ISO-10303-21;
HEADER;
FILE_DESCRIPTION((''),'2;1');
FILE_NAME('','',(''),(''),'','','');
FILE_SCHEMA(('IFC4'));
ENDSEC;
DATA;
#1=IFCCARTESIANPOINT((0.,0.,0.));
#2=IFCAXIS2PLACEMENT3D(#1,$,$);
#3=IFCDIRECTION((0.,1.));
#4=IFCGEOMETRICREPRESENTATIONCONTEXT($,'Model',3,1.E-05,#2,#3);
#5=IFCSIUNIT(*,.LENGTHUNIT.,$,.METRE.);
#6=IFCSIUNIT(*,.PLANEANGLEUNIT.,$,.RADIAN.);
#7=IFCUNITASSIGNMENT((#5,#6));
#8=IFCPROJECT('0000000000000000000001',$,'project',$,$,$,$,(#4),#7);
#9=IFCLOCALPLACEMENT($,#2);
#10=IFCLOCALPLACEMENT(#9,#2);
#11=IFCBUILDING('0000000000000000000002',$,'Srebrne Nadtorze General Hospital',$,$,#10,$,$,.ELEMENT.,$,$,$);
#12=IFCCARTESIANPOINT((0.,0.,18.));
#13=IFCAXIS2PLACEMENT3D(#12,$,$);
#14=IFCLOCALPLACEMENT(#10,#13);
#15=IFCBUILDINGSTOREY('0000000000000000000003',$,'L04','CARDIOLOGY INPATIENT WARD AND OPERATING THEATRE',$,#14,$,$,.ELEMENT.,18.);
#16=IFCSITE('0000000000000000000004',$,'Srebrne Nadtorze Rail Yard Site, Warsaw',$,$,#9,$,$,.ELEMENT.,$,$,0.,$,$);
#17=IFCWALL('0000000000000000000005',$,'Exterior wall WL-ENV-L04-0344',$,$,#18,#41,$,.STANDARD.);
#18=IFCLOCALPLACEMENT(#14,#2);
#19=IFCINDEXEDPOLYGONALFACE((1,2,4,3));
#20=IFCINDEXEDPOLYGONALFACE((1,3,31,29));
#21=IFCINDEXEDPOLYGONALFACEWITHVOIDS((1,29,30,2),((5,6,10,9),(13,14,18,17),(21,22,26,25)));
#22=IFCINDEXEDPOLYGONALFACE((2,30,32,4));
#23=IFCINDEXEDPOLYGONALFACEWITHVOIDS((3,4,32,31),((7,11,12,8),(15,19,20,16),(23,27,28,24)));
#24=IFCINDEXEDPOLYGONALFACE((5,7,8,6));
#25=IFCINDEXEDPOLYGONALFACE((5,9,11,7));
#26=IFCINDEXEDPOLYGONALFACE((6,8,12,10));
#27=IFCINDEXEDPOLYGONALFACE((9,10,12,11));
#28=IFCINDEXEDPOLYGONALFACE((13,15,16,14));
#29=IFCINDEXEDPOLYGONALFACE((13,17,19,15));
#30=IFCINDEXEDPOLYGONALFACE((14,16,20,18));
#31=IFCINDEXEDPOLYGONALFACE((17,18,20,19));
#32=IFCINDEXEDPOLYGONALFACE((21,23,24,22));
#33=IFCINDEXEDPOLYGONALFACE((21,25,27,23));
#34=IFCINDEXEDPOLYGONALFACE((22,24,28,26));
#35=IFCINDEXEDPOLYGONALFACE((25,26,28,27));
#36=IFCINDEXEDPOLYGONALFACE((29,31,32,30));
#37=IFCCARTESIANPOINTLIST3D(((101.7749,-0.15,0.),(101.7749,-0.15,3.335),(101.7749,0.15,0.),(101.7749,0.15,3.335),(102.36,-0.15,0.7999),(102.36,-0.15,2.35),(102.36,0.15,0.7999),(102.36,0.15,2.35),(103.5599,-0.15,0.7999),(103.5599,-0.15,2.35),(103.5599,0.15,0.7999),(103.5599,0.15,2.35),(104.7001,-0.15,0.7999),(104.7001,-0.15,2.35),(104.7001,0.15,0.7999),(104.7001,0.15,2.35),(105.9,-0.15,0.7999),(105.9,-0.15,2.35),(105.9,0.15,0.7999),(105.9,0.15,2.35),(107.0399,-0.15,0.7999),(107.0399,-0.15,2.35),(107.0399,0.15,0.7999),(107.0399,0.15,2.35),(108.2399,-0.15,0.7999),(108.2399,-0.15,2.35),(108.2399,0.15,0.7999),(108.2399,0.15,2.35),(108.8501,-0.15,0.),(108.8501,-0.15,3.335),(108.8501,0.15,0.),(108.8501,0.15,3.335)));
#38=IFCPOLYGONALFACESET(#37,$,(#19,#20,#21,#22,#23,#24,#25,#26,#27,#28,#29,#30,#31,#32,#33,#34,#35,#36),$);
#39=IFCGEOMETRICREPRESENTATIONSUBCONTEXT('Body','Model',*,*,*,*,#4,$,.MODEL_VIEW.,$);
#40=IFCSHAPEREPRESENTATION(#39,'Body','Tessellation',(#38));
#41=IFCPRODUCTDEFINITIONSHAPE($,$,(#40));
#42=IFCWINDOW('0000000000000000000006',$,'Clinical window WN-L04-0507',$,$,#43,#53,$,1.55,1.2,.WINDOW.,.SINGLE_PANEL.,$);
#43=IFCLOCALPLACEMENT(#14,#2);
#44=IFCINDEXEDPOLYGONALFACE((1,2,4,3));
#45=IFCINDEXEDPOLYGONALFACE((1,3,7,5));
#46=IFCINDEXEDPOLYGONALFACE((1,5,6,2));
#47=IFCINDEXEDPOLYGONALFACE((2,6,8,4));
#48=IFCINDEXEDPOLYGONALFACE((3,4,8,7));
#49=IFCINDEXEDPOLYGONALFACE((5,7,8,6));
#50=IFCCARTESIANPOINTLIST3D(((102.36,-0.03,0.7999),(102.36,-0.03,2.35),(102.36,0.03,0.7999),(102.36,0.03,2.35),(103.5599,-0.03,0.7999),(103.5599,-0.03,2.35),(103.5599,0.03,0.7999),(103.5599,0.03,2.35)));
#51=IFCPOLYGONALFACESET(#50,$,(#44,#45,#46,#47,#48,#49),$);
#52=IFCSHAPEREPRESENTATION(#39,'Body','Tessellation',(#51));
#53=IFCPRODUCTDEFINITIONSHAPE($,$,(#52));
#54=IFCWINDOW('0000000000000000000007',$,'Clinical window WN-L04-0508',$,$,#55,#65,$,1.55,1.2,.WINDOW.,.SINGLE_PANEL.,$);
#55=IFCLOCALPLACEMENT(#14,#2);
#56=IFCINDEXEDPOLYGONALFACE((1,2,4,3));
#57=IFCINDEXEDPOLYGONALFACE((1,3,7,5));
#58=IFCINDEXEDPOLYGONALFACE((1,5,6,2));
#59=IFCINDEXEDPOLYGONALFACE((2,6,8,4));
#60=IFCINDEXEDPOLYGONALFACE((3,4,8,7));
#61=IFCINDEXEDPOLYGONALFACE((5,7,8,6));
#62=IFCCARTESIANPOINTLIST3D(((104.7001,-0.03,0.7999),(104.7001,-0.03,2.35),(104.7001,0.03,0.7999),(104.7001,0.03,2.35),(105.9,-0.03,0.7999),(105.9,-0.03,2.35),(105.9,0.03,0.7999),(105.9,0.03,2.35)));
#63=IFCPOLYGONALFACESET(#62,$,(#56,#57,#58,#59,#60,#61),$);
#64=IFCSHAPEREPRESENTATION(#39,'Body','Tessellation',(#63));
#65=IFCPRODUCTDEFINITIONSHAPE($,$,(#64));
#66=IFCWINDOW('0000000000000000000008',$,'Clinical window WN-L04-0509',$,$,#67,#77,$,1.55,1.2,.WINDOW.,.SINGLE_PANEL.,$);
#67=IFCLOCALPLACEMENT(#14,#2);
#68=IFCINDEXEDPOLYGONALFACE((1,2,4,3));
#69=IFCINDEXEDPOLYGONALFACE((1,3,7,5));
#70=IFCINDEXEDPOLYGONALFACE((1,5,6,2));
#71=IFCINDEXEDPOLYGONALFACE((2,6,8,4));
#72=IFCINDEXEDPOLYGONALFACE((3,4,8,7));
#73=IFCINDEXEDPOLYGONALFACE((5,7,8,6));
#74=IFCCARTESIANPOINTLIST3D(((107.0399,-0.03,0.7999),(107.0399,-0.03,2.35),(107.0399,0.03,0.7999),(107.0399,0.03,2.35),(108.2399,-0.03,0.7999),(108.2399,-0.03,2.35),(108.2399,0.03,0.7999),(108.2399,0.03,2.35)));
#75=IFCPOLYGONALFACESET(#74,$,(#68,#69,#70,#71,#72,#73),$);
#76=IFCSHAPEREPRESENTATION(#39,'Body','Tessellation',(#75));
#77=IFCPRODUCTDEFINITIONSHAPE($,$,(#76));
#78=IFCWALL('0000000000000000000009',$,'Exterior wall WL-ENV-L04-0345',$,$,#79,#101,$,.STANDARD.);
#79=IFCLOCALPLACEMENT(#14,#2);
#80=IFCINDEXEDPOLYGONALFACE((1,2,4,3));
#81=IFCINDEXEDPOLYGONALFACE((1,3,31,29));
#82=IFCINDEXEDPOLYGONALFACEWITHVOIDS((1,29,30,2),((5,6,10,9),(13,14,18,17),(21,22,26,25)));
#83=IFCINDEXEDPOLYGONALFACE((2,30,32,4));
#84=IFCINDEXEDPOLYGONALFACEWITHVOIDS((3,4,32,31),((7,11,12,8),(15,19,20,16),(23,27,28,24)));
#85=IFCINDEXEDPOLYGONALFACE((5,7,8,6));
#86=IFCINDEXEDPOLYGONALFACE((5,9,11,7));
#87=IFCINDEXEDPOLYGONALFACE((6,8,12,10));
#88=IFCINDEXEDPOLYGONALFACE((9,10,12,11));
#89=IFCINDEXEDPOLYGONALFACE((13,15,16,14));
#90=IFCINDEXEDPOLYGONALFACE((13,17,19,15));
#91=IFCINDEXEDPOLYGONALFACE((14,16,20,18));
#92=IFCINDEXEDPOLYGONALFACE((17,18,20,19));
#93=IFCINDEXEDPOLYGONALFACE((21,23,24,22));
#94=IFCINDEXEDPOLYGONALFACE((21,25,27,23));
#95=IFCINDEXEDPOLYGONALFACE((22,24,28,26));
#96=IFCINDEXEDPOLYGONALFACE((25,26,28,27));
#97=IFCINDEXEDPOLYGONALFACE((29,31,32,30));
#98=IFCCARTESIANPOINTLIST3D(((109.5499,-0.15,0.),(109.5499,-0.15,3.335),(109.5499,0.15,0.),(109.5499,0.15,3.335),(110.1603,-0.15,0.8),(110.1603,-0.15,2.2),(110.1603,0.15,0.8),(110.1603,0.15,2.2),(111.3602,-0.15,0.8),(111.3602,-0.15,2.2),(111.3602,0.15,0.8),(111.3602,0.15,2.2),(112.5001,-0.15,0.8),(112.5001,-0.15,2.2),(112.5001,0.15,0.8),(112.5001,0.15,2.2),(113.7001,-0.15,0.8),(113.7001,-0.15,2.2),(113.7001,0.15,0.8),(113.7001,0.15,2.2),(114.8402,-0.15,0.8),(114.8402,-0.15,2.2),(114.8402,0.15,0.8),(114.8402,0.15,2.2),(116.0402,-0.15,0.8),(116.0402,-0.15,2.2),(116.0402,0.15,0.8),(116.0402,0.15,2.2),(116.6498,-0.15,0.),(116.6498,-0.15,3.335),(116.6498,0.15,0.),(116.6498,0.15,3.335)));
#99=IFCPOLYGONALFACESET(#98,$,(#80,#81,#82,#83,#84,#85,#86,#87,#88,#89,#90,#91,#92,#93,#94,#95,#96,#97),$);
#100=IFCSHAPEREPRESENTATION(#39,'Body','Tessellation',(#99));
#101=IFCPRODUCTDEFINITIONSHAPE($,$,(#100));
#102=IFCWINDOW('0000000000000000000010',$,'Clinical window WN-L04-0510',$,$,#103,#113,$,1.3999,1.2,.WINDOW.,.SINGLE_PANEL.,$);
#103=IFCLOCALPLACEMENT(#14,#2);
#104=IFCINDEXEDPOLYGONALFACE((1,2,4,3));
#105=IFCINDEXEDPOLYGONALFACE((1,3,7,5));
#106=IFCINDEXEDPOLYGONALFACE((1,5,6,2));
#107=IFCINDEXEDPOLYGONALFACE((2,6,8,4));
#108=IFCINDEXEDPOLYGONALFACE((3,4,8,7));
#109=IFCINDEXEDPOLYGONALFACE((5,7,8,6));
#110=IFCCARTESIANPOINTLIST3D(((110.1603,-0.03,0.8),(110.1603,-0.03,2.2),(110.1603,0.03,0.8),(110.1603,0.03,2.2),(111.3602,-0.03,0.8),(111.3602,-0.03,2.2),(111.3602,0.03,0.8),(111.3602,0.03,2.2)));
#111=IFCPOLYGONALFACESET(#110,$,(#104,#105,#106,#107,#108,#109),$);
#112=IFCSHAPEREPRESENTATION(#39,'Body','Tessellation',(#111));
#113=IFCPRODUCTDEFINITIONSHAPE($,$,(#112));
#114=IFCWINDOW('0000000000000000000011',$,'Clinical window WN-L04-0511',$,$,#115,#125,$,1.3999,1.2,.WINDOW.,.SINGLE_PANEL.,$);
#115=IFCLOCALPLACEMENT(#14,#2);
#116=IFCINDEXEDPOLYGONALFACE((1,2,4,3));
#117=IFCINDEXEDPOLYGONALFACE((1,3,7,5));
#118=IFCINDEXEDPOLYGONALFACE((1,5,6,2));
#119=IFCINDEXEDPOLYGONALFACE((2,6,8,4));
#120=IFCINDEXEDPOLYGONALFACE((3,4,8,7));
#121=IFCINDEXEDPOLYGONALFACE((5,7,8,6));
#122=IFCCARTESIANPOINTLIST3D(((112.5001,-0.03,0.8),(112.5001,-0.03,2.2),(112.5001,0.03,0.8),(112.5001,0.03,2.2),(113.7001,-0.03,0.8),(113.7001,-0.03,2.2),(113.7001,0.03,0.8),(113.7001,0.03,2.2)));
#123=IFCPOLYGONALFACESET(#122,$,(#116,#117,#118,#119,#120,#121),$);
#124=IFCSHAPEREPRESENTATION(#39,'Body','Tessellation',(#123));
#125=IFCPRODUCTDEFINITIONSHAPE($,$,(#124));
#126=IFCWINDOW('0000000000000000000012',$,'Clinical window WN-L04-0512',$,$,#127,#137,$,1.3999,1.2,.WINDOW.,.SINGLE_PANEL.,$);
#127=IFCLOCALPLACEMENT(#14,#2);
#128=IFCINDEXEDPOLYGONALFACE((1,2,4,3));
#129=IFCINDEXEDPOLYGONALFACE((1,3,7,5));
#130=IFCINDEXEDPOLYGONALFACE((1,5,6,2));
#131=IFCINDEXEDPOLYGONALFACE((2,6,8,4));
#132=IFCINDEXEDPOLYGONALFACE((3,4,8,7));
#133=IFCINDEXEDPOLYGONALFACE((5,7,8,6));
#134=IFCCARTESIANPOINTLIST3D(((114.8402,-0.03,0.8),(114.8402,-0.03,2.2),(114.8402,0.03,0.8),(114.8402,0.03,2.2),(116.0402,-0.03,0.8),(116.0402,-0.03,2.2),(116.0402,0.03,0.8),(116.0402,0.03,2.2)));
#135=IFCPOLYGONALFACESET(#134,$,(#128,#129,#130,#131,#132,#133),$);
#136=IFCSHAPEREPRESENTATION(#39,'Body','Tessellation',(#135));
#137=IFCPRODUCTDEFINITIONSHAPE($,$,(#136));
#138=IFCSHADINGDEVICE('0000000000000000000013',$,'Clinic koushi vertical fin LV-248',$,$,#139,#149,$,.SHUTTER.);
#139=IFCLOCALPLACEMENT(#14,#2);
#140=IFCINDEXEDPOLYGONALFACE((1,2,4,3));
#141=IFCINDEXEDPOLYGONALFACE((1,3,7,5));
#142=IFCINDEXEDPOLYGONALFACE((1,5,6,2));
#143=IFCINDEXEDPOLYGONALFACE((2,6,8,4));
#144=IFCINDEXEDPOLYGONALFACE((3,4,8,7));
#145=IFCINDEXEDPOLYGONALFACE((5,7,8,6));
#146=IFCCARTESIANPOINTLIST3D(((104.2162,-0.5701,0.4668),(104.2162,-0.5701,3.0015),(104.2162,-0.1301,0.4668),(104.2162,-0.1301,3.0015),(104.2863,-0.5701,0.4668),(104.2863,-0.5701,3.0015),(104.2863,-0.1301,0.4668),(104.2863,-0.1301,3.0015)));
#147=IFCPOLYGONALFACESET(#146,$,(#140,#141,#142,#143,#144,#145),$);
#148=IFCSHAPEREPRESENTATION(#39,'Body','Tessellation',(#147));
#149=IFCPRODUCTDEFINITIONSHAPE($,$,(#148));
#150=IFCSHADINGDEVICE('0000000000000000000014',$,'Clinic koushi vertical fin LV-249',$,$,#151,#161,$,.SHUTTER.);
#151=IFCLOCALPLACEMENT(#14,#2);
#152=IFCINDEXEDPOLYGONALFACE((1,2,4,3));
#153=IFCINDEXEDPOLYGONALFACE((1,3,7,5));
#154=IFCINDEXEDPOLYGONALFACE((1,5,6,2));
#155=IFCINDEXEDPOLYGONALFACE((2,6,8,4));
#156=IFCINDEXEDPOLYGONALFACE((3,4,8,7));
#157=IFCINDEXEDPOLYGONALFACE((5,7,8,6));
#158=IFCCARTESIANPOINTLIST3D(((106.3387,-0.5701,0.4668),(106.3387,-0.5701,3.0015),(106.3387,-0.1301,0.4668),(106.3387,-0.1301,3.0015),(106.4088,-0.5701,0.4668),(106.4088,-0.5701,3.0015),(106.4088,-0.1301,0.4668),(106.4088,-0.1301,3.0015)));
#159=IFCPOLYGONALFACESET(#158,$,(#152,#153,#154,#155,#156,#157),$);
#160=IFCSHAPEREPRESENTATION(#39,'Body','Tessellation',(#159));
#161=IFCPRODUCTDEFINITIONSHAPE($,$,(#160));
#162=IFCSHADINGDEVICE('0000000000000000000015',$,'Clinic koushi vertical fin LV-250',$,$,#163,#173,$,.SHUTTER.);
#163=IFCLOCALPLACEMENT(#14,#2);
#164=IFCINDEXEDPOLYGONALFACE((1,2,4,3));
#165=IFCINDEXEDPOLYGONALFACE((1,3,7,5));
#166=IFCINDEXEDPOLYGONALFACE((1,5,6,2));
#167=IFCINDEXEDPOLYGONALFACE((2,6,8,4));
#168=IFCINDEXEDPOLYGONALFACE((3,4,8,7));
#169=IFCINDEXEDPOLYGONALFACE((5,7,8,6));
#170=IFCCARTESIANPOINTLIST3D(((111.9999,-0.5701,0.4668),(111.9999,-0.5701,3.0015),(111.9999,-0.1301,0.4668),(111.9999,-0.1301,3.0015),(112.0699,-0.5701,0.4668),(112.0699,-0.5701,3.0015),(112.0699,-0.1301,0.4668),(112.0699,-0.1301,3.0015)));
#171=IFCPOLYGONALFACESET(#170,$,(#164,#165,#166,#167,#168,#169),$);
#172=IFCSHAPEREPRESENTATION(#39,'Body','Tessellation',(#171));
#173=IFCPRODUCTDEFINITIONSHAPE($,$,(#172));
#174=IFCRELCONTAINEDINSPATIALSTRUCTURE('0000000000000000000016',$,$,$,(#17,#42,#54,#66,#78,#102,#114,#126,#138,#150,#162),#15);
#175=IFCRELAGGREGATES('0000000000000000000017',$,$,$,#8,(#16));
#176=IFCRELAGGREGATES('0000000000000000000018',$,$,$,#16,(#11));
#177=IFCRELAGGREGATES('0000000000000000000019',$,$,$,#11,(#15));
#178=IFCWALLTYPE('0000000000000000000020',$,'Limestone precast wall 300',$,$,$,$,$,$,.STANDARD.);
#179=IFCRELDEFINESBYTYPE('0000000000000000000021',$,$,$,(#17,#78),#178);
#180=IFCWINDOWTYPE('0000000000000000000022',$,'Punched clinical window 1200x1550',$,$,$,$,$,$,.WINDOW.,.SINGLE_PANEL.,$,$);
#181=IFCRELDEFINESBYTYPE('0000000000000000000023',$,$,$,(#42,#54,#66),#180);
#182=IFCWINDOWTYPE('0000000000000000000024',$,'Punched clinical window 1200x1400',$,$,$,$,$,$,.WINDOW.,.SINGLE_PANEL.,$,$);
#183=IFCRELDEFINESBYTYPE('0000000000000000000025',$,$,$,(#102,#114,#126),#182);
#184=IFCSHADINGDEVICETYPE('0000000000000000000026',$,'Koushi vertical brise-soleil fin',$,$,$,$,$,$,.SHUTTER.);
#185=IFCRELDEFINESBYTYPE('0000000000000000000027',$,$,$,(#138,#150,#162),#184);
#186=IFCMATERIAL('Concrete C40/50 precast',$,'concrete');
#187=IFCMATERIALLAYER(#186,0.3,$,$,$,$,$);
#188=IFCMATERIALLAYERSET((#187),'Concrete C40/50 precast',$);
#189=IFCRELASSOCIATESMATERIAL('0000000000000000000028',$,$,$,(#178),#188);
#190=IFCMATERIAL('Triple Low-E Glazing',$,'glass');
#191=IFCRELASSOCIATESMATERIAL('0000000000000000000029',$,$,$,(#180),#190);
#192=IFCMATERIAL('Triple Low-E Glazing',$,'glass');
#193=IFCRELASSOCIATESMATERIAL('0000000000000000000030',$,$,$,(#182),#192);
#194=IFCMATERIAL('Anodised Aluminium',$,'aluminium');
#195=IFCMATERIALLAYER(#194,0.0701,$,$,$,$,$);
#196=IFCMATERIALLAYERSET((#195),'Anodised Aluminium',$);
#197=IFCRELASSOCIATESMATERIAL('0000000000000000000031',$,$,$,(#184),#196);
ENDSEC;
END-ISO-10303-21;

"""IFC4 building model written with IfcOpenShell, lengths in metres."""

from ifc_helpers import new_model, si_unit, direction, frame, frame_2d, origin, origin_2d, place, context, subcontext, project, spatial, rectangle, extrude, material, layer, layer_set, type_object, element, fill, save


model = new_model("IFC4")

# Units and contexts
model_context = context("Model", 3, precision=1e-05, world=origin(), true_north=direction((0.0, 1.0)))
body_context = subcontext(model_context, "Body", "Model", "MODEL_VIEW")
ifc_project = project(units=[si_unit("LENGTHUNIT", "METRE"), si_unit("PLANEANGLEUNIT", "RADIAN")], contexts=[model_context])

# Site, building, storey
site_placement = place(None, origin())
site = spatial("IfcSite", under=ifc_project, at=site_placement, Name="Srebrne Nadtorze Rail Yard Site, Warsaw", CompositionType="ELEMENT", RefElevation=0.0)
building_placement = place(site_placement, origin())
building = spatial("IfcBuilding", under=site, at=building_placement, Name="Srebrne Nadtorze General Hospital", CompositionType="ELEMENT")
storey_placement = place(building_placement, frame((0.0, 0.0, 18.0)))
storey = spatial("IfcBuildingStorey", under=building, at=storey_placement, Name="L04", Description="CARDIOLOGY INPATIENT WARD AND OPERATING THEATRE", CompositionType="ELEMENT", Elevation=18.0)

# Walls, openings, windows
ifc_material_1 = material(Name="Concrete C40/50 precast", Category="concrete")
ifc_layer_1 = layer(ifc_material_1, 0.3)
ifc_layer_set_1 = layer_set([ifc_layer_1], Name="Concrete C40/50 precast")
wall_type_1 = type_object("IfcWallType", Name="Limestone precast wall 300", PredefinedType="STANDARD", material=ifc_layer_set_1)
wall_1_placement = place(storey_placement, frame((101.7749, 0.0, 0.0), z_axis=(0.0, 0.0, 1.0), x_axis=(1.0, 0.0, 0.0)))
wall_1 = element("IfcWall", 1, at=wall_1_placement, inside=storey, type_object=wall_type_1, Name="Exterior wall WL-ENV-L04-0344", PredefinedType="STANDARD", context=body_context, shape_type="SweptSolid", body=[
    extrude(rectangle(XDim=7.0752, YDim=0.3, at=frame_2d((3.5376, 0.0))), origin(), (0.0, 0.0, 1.0), 3.335),
])
opening_1_placement = place(wall_1_placement, frame((0.585, 0.0, 0.8)))
opening_1 = element("IfcOpeningElement", 2, at=opening_1_placement, cuts=wall_1, PredefinedType="OPENING", context=body_context, shape_type="SweptSolid", body=[
    extrude(rectangle(XDim=1.2, YDim=1.55, at=frame_2d((0.6001, 0.7749))), frame((0.0, 0.1621, 0.0), z_axis=(0.0, -1.0, 0.0), x_axis=(1.0, 0.0, 0.0)), (0.0, 0.0, 1.0), 0.324),
])
opening_2_placement = place(wall_1_placement, frame((2.925, 0.0, 0.8)))
opening_2 = element("IfcOpeningElement", 3, at=opening_2_placement, cuts=wall_1, PredefinedType="OPENING", context=body_context, shape_type="SweptSolid", body=[
    extrude(rectangle(XDim=1.2, YDim=1.55, at=frame_2d((0.6001, 0.7749))), frame((0.0, 0.1621, 0.0), z_axis=(0.0, -1.0, 0.0), x_axis=(1.0, 0.0, 0.0)), (0.0, 0.0, 1.0), 0.324),
])
opening_3_placement = place(wall_1_placement, frame((5.2649, 0.0, 0.8)))
opening_3 = element("IfcOpeningElement", 4, at=opening_3_placement, cuts=wall_1, PredefinedType="OPENING", context=body_context, shape_type="SweptSolid", body=[
    extrude(rectangle(XDim=1.2, YDim=1.55, at=frame_2d((0.6001, 0.7749))), frame((0.0, 0.1621, 0.0), z_axis=(0.0, -1.0, 0.0), x_axis=(1.0, 0.0, 0.0)), (0.0, 0.0, 1.0), 0.324),
])
ifc_material_2 = material(Name="Triple Low-E Glazing", Category="glass")
window_type_1 = type_object("IfcWindowType", Name="Punched clinical window 1200x1550", PartitioningType="SINGLE_PANEL", PredefinedType="WINDOW", material=ifc_material_2)
window_1_placement = place(opening_1_placement, origin())
window_1 = element("IfcWindow", 5, at=window_1_placement, inside=storey, type_object=window_type_1, Name="Clinical window WN-L04-0507", OverallHeight=1.55, OverallWidth=1.2, PartitioningType="SINGLE_PANEL", PredefinedType="WINDOW", context=body_context, shape_type="SweptSolid", body=[
    extrude(rectangle(XDim=1.2, YDim=1.55, at=frame_2d((0.6001, 0.7749))), frame((0.0, 0.03, 0.0), z_axis=(0.0, -1.0, 0.0), x_axis=(1.0, 0.0, 0.0)), (0.0, 0.0, 1.0), 0.0601),
])
fill(opening_1, window_1)
window_2_placement = place(opening_2_placement, origin())
window_2 = element("IfcWindow", 6, at=window_2_placement, inside=storey, type_object=window_type_1, Name="Clinical window WN-L04-0508", OverallHeight=1.55, OverallWidth=1.2, PartitioningType="SINGLE_PANEL", PredefinedType="WINDOW", context=body_context, shape_type="SweptSolid", body=[
    extrude(rectangle(XDim=1.2, YDim=1.55, at=frame_2d((0.6001, 0.7749))), frame((0.0, 0.03, 0.0), z_axis=(0.0, -1.0, 0.0), x_axis=(1.0, 0.0, 0.0)), (0.0, 0.0, 1.0), 0.0601),
])
fill(opening_2, window_2)
window_3_placement = place(opening_3_placement, origin())
window_3 = element("IfcWindow", 7, at=window_3_placement, inside=storey, type_object=window_type_1, Name="Clinical window WN-L04-0509", OverallHeight=1.55, OverallWidth=1.2, PartitioningType="SINGLE_PANEL", PredefinedType="WINDOW", context=body_context, shape_type="SweptSolid", body=[
    extrude(rectangle(XDim=1.2, YDim=1.55, at=frame_2d((0.6001, 0.7749))), frame((0.0, 0.03, 0.0), z_axis=(0.0, -1.0, 0.0), x_axis=(1.0, 0.0, 0.0)), (0.0, 0.0, 1.0), 0.0601),
])
fill(opening_3, window_3)
wall_2_placement = place(storey_placement, frame((109.55, 0.0, 0.0), z_axis=(0.0, 0.0, 1.0), x_axis=(1.0, 0.0, 0.0)))
wall_2 = element("IfcWall", 8, at=wall_2_placement, inside=storey, type_object=wall_type_1, Name="Exterior wall WL-ENV-L04-0345", PredefinedType="STANDARD", context=body_context, shape_type="SweptSolid", body=[
    extrude(rectangle(XDim=7.0999, YDim=0.3, at=frame_2d((3.5498, 0.0))), origin(), (0.0, 0.0, 1.0), 3.335),
])
opening_4_placement = place(wall_2_placement, frame((0.6101, 0.0, 0.8)))
opening_4 = element("IfcOpeningElement", 9, at=opening_4_placement, cuts=wall_2, PredefinedType="OPENING", context=body_context, shape_type="SweptSolid", body=[
    extrude(rectangle(XDim=1.2, YDim=1.3999, at=frame_2d((0.6001, 0.7))), frame((0.0, 0.1621, 0.0), z_axis=(0.0, -1.0, 0.0), x_axis=(1.0, 0.0, 0.0)), (0.0, 0.0, 1.0), 0.324),
])
opening_5_placement = place(wall_2_placement, frame((2.95, 0.0, 0.8)))
opening_5 = element("IfcOpeningElement", 10, at=opening_5_placement, cuts=wall_2, PredefinedType="OPENING", context=body_context, shape_type="SweptSolid", body=[
    extrude(rectangle(XDim=1.2, YDim=1.3999, at=frame_2d((0.6001, 0.7))), frame((0.0, 0.1621, 0.0), z_axis=(0.0, -1.0, 0.0), x_axis=(1.0, 0.0, 0.0)), (0.0, 0.0, 1.0), 0.324),
])
opening_6_placement = place(wall_2_placement, frame((5.29, 0.0, 0.8)))
opening_6 = element("IfcOpeningElement", 11, at=opening_6_placement, cuts=wall_2, PredefinedType="OPENING", context=body_context, shape_type="SweptSolid", body=[
    extrude(rectangle(XDim=1.2, YDim=1.3999, at=frame_2d((0.6001, 0.7))), frame((0.0, 0.1621, 0.0), z_axis=(0.0, -1.0, 0.0), x_axis=(1.0, 0.0, 0.0)), (0.0, 0.0, 1.0), 0.324),
])
ifc_material_3 = material(Name="Triple Low-E Glazing", Category="glass")
window_type_2 = type_object("IfcWindowType", Name="Punched clinical window 1200x1400", PartitioningType="SINGLE_PANEL", PredefinedType="WINDOW", material=ifc_material_3)
window_4_placement = place(opening_4_placement, origin())
window_4 = element("IfcWindow", 12, at=window_4_placement, inside=storey, type_object=window_type_2, Name="Clinical window WN-L04-0510", OverallHeight=1.3999, OverallWidth=1.2, PartitioningType="SINGLE_PANEL", PredefinedType="WINDOW", context=body_context, shape_type="SweptSolid", body=[
    extrude(rectangle(XDim=1.2, YDim=1.3999, at=frame_2d((0.6001, 0.7))), frame((0.0, 0.03, 0.0), z_axis=(0.0, -1.0, 0.0), x_axis=(1.0, 0.0, 0.0)), (0.0, 0.0, 1.0), 0.0601),
])
fill(opening_4, window_4)
window_5_placement = place(opening_5_placement, origin())
window_5 = element("IfcWindow", 13, at=window_5_placement, inside=storey, type_object=window_type_2, Name="Clinical window WN-L04-0511", OverallHeight=1.3999, OverallWidth=1.2, PartitioningType="SINGLE_PANEL", PredefinedType="WINDOW", context=body_context, shape_type="SweptSolid", body=[
    extrude(rectangle(XDim=1.2, YDim=1.3999, at=frame_2d((0.6001, 0.7))), frame((0.0, 0.03, 0.0), z_axis=(0.0, -1.0, 0.0), x_axis=(1.0, 0.0, 0.0)), (0.0, 0.0, 1.0), 0.0601),
])
fill(opening_5, window_5)
window_6_placement = place(opening_6_placement, origin())
window_6 = element("IfcWindow", 14, at=window_6_placement, inside=storey, type_object=window_type_2, Name="Clinical window WN-L04-0512", OverallHeight=1.3999, OverallWidth=1.2, PartitioningType="SINGLE_PANEL", PredefinedType="WINDOW", context=body_context, shape_type="SweptSolid", body=[
    extrude(rectangle(XDim=1.2, YDim=1.3999, at=frame_2d((0.6001, 0.7))), frame((0.0, 0.03, 0.0), z_axis=(0.0, -1.0, 0.0), x_axis=(1.0, 0.0, 0.0)), (0.0, 0.0, 1.0), 0.0601),
])
fill(opening_6, window_6)

# Shading devices
ifc_material_4 = material(Name="Anodised Aluminium", Category="aluminium")
ifc_layer_2 = layer(ifc_material_4, 0.0701)
ifc_layer_set_2 = layer_set([ifc_layer_2], Name="Anodised Aluminium")
shading_device_type = type_object("IfcShadingDeviceType", Name="Koushi vertical brise-soleil fin", PredefinedType="SHUTTER", material=ifc_layer_set_2)
for number, where, z_axis, x_axis, name in (
    (15, (104.2512, -0.3501, 0.4668), (0.0, 0.0, 1.0), (1.0, 0.0, 0.0), "Clinic koushi vertical fin LV-248"),
    (16, (106.3738, -0.3501, 0.4668), (0.0, 0.0, 1.0), (1.0, 0.0, 0.0), "Clinic koushi vertical fin LV-249"),
    (17, (112.0349, -0.3501, 0.4668), (0.0, 0.0, 1.0), (1.0, 0.0, 0.0), "Clinic koushi vertical fin LV-250"),
):
    element("IfcShadingDevice", number, at=place(storey_placement, frame(where, z_axis=z_axis, x_axis=x_axis)), inside=storey, type_object=shading_device_type, Name=name, PredefinedType="SHUTTER", context=body_context, shape_type="SweptSolid", body=[
        extrude(rectangle(XDim=0.0701, YDim=0.4399, at=origin_2d()), origin(), (0.0, 0.0, 1.0), 2.5347),
    ])

save(model, "model.ifc")
